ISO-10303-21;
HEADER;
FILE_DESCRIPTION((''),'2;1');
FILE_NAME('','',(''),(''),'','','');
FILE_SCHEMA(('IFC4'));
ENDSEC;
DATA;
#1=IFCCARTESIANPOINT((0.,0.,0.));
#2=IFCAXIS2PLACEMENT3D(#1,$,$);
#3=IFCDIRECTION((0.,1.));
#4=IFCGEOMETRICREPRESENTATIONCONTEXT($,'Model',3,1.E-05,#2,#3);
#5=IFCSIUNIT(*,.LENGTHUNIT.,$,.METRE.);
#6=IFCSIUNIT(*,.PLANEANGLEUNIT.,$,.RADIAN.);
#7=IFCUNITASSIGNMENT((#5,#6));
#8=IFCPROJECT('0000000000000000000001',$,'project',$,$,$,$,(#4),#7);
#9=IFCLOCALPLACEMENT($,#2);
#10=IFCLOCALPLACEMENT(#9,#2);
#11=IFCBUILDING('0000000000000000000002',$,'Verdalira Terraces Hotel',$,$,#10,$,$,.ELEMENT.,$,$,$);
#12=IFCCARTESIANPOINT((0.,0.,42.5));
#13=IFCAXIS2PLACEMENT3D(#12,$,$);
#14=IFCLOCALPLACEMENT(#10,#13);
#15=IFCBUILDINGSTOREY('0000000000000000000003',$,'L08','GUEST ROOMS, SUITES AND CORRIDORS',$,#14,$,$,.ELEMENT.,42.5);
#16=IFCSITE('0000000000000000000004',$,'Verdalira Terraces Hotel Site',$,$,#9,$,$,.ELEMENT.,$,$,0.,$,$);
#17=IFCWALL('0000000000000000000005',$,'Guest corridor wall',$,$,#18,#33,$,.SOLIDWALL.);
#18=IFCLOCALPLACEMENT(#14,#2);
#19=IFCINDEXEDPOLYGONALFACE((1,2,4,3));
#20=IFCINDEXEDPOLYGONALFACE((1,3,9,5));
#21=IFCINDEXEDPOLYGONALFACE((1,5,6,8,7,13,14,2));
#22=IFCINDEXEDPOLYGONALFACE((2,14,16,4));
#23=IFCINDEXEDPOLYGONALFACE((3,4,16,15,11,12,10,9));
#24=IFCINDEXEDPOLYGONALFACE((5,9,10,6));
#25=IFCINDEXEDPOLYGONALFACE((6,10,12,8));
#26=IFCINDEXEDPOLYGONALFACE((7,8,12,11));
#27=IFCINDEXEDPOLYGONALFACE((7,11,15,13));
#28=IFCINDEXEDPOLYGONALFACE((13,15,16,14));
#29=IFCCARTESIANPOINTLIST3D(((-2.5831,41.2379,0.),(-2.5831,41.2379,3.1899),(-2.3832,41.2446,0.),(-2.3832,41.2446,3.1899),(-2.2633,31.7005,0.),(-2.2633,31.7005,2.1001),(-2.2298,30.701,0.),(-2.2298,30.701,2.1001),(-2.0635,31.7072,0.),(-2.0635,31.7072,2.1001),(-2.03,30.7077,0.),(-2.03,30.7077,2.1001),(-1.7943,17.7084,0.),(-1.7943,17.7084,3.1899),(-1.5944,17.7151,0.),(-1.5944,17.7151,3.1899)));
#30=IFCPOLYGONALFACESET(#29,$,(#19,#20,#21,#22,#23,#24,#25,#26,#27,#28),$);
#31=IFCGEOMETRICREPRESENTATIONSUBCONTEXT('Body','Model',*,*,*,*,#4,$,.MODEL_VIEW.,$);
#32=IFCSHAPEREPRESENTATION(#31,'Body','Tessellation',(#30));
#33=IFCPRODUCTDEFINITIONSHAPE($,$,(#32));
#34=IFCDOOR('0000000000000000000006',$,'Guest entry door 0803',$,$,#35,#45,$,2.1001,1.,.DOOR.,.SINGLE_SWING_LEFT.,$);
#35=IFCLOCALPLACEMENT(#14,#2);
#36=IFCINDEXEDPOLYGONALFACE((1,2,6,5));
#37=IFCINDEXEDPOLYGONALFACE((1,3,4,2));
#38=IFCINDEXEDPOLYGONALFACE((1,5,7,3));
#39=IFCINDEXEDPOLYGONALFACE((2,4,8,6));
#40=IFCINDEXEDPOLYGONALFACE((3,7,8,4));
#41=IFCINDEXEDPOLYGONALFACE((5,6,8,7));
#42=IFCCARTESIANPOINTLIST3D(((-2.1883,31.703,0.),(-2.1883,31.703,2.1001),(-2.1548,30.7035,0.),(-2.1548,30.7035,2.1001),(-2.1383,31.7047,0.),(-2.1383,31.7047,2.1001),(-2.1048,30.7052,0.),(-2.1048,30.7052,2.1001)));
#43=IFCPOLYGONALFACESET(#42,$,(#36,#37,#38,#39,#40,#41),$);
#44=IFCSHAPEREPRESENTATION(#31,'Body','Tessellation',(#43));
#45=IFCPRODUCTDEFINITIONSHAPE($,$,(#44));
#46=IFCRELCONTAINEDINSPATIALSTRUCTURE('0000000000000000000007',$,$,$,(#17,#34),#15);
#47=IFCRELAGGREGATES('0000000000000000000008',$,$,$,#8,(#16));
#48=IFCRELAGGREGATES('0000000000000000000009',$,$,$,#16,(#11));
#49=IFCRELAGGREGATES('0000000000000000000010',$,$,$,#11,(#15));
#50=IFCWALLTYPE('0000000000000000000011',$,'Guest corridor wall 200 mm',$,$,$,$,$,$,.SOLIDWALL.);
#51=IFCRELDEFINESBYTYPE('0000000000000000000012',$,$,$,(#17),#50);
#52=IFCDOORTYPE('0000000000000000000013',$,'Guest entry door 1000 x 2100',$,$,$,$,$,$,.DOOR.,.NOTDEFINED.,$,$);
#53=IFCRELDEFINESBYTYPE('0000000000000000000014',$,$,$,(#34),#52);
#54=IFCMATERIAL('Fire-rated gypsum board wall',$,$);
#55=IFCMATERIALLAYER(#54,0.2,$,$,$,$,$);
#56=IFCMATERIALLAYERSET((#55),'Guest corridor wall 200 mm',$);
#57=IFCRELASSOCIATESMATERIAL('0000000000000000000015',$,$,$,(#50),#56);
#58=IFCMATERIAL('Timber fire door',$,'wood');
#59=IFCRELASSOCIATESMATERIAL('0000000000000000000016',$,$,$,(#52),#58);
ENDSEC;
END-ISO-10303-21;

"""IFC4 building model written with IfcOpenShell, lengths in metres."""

from ifc_helpers import new_model, si_unit, direction, frame, frame_2d, origin, place, context, subcontext, project, spatial, rectangle, extrude, material, layer, layer_set, type_object, element, fill, save


model = new_model("IFC4")

# Units and contexts
model_context = context("Model", 3, precision=1e-05, world=origin(), true_north=direction((0.0, 1.0)))
body_context = subcontext(model_context, "Body", "Model", "MODEL_VIEW")
ifc_project = project(units=[si_unit("LENGTHUNIT", "METRE"), si_unit("PLANEANGLEUNIT", "RADIAN")], contexts=[model_context])

# Site, building, storey
site_placement = place(None, origin())
site = spatial("IfcSite", under=ifc_project, at=site_placement, Name="Verdalira Terraces Hotel Site", CompositionType="ELEMENT", RefElevation=0.0)
building_placement = place(site_placement, origin())
building = spatial("IfcBuilding", under=site, at=building_placement, Name="Verdalira Terraces Hotel", CompositionType="ELEMENT")
storey_placement = place(building_placement, frame((0.0, 0.0, 42.5)))
storey = spatial("IfcBuildingStorey", under=building, at=storey_placement, Name="L08", Description="GUEST ROOMS, SUITES AND CORRIDORS", CompositionType="ELEMENT", Elevation=42.5)

# Shared definitions
ifc_material_1 = material(Name="Fire-rated gypsum board wall")
ifc_layer_1 = layer(ifc_material_1, 0.2)
ifc_layer_set_1 = layer_set([ifc_layer_1], Name="Guest corridor wall 200 mm")
wall_type_1 = type_object("IfcWallType", Name="Guest corridor wall 200 mm", PredefinedType="SOLIDWALL", material=ifc_layer_set_1)
ifc_material_2 = material(Name="Timber fire door", Category="wood")
door_type_1 = type_object("IfcDoorType", Name="Guest entry door 1000 x 2100", OperationType="NOTDEFINED", PredefinedType="DOOR", material=ifc_material_2)

# Wall, opening, door
wall_1_placement = place(storey_placement, frame((-1.6943, 17.7117, 0.0), z_axis=(0.0, 0.0, 1.0), x_axis=(-0.033506, 0.999439, 0.0)))
wall_1 = element("IfcWall", 1, at=wall_1_placement, inside=storey, type_object=wall_type_1, Name="Guest corridor wall", PredefinedType="SOLIDWALL", context=body_context, shape_type="SweptSolid", body=[
    extrude(rectangle(XDim=23.5427, YDim=0.2, at=frame_2d((11.7715, 0.0))), origin(), (0.0, 0.0, 1.0), 3.1899),
])
opening_1_placement = place(wall_1_placement, frame((13.0, 0.0, 0.0)))
opening_1 = element("IfcOpeningElement", 2, at=opening_1_placement, cuts=wall_1, PredefinedType="OPENING", context=body_context, shape_type="SweptSolid", body=[
    extrude(rectangle(XDim=1.0, YDim=2.1001, at=frame_2d((0.5, 1.05))), frame((0.0, 0.1099, 0.0), z_axis=(0.0, -1.0, 0.0), x_axis=(1.0, 0.0, 0.0)), (0.0, 0.0, 1.0), 0.22),
])
door_1_placement = place(opening_1_placement, origin())
door_1 = element("IfcDoor", 3, at=door_1_placement, inside=storey, type_object=door_type_1, Name="Guest entry door 0803", OperationType="SINGLE_SWING_LEFT", OverallHeight=2.1001, OverallWidth=1.0, PredefinedType="DOOR", context=body_context, shape_type="SweptSolid", body=[
    extrude(rectangle(XDim=1.0, YDim=2.1001, at=frame_2d((0.5, 1.05))), frame((0.0, 0.0249, 0.0), z_axis=(0.0, -1.0, 0.0), x_axis=(1.0, 0.0, 0.0)), (0.0, 0.0, 1.0), 0.05),
])
fill(opening_1, door_1)

save(model, "model.ifc")
